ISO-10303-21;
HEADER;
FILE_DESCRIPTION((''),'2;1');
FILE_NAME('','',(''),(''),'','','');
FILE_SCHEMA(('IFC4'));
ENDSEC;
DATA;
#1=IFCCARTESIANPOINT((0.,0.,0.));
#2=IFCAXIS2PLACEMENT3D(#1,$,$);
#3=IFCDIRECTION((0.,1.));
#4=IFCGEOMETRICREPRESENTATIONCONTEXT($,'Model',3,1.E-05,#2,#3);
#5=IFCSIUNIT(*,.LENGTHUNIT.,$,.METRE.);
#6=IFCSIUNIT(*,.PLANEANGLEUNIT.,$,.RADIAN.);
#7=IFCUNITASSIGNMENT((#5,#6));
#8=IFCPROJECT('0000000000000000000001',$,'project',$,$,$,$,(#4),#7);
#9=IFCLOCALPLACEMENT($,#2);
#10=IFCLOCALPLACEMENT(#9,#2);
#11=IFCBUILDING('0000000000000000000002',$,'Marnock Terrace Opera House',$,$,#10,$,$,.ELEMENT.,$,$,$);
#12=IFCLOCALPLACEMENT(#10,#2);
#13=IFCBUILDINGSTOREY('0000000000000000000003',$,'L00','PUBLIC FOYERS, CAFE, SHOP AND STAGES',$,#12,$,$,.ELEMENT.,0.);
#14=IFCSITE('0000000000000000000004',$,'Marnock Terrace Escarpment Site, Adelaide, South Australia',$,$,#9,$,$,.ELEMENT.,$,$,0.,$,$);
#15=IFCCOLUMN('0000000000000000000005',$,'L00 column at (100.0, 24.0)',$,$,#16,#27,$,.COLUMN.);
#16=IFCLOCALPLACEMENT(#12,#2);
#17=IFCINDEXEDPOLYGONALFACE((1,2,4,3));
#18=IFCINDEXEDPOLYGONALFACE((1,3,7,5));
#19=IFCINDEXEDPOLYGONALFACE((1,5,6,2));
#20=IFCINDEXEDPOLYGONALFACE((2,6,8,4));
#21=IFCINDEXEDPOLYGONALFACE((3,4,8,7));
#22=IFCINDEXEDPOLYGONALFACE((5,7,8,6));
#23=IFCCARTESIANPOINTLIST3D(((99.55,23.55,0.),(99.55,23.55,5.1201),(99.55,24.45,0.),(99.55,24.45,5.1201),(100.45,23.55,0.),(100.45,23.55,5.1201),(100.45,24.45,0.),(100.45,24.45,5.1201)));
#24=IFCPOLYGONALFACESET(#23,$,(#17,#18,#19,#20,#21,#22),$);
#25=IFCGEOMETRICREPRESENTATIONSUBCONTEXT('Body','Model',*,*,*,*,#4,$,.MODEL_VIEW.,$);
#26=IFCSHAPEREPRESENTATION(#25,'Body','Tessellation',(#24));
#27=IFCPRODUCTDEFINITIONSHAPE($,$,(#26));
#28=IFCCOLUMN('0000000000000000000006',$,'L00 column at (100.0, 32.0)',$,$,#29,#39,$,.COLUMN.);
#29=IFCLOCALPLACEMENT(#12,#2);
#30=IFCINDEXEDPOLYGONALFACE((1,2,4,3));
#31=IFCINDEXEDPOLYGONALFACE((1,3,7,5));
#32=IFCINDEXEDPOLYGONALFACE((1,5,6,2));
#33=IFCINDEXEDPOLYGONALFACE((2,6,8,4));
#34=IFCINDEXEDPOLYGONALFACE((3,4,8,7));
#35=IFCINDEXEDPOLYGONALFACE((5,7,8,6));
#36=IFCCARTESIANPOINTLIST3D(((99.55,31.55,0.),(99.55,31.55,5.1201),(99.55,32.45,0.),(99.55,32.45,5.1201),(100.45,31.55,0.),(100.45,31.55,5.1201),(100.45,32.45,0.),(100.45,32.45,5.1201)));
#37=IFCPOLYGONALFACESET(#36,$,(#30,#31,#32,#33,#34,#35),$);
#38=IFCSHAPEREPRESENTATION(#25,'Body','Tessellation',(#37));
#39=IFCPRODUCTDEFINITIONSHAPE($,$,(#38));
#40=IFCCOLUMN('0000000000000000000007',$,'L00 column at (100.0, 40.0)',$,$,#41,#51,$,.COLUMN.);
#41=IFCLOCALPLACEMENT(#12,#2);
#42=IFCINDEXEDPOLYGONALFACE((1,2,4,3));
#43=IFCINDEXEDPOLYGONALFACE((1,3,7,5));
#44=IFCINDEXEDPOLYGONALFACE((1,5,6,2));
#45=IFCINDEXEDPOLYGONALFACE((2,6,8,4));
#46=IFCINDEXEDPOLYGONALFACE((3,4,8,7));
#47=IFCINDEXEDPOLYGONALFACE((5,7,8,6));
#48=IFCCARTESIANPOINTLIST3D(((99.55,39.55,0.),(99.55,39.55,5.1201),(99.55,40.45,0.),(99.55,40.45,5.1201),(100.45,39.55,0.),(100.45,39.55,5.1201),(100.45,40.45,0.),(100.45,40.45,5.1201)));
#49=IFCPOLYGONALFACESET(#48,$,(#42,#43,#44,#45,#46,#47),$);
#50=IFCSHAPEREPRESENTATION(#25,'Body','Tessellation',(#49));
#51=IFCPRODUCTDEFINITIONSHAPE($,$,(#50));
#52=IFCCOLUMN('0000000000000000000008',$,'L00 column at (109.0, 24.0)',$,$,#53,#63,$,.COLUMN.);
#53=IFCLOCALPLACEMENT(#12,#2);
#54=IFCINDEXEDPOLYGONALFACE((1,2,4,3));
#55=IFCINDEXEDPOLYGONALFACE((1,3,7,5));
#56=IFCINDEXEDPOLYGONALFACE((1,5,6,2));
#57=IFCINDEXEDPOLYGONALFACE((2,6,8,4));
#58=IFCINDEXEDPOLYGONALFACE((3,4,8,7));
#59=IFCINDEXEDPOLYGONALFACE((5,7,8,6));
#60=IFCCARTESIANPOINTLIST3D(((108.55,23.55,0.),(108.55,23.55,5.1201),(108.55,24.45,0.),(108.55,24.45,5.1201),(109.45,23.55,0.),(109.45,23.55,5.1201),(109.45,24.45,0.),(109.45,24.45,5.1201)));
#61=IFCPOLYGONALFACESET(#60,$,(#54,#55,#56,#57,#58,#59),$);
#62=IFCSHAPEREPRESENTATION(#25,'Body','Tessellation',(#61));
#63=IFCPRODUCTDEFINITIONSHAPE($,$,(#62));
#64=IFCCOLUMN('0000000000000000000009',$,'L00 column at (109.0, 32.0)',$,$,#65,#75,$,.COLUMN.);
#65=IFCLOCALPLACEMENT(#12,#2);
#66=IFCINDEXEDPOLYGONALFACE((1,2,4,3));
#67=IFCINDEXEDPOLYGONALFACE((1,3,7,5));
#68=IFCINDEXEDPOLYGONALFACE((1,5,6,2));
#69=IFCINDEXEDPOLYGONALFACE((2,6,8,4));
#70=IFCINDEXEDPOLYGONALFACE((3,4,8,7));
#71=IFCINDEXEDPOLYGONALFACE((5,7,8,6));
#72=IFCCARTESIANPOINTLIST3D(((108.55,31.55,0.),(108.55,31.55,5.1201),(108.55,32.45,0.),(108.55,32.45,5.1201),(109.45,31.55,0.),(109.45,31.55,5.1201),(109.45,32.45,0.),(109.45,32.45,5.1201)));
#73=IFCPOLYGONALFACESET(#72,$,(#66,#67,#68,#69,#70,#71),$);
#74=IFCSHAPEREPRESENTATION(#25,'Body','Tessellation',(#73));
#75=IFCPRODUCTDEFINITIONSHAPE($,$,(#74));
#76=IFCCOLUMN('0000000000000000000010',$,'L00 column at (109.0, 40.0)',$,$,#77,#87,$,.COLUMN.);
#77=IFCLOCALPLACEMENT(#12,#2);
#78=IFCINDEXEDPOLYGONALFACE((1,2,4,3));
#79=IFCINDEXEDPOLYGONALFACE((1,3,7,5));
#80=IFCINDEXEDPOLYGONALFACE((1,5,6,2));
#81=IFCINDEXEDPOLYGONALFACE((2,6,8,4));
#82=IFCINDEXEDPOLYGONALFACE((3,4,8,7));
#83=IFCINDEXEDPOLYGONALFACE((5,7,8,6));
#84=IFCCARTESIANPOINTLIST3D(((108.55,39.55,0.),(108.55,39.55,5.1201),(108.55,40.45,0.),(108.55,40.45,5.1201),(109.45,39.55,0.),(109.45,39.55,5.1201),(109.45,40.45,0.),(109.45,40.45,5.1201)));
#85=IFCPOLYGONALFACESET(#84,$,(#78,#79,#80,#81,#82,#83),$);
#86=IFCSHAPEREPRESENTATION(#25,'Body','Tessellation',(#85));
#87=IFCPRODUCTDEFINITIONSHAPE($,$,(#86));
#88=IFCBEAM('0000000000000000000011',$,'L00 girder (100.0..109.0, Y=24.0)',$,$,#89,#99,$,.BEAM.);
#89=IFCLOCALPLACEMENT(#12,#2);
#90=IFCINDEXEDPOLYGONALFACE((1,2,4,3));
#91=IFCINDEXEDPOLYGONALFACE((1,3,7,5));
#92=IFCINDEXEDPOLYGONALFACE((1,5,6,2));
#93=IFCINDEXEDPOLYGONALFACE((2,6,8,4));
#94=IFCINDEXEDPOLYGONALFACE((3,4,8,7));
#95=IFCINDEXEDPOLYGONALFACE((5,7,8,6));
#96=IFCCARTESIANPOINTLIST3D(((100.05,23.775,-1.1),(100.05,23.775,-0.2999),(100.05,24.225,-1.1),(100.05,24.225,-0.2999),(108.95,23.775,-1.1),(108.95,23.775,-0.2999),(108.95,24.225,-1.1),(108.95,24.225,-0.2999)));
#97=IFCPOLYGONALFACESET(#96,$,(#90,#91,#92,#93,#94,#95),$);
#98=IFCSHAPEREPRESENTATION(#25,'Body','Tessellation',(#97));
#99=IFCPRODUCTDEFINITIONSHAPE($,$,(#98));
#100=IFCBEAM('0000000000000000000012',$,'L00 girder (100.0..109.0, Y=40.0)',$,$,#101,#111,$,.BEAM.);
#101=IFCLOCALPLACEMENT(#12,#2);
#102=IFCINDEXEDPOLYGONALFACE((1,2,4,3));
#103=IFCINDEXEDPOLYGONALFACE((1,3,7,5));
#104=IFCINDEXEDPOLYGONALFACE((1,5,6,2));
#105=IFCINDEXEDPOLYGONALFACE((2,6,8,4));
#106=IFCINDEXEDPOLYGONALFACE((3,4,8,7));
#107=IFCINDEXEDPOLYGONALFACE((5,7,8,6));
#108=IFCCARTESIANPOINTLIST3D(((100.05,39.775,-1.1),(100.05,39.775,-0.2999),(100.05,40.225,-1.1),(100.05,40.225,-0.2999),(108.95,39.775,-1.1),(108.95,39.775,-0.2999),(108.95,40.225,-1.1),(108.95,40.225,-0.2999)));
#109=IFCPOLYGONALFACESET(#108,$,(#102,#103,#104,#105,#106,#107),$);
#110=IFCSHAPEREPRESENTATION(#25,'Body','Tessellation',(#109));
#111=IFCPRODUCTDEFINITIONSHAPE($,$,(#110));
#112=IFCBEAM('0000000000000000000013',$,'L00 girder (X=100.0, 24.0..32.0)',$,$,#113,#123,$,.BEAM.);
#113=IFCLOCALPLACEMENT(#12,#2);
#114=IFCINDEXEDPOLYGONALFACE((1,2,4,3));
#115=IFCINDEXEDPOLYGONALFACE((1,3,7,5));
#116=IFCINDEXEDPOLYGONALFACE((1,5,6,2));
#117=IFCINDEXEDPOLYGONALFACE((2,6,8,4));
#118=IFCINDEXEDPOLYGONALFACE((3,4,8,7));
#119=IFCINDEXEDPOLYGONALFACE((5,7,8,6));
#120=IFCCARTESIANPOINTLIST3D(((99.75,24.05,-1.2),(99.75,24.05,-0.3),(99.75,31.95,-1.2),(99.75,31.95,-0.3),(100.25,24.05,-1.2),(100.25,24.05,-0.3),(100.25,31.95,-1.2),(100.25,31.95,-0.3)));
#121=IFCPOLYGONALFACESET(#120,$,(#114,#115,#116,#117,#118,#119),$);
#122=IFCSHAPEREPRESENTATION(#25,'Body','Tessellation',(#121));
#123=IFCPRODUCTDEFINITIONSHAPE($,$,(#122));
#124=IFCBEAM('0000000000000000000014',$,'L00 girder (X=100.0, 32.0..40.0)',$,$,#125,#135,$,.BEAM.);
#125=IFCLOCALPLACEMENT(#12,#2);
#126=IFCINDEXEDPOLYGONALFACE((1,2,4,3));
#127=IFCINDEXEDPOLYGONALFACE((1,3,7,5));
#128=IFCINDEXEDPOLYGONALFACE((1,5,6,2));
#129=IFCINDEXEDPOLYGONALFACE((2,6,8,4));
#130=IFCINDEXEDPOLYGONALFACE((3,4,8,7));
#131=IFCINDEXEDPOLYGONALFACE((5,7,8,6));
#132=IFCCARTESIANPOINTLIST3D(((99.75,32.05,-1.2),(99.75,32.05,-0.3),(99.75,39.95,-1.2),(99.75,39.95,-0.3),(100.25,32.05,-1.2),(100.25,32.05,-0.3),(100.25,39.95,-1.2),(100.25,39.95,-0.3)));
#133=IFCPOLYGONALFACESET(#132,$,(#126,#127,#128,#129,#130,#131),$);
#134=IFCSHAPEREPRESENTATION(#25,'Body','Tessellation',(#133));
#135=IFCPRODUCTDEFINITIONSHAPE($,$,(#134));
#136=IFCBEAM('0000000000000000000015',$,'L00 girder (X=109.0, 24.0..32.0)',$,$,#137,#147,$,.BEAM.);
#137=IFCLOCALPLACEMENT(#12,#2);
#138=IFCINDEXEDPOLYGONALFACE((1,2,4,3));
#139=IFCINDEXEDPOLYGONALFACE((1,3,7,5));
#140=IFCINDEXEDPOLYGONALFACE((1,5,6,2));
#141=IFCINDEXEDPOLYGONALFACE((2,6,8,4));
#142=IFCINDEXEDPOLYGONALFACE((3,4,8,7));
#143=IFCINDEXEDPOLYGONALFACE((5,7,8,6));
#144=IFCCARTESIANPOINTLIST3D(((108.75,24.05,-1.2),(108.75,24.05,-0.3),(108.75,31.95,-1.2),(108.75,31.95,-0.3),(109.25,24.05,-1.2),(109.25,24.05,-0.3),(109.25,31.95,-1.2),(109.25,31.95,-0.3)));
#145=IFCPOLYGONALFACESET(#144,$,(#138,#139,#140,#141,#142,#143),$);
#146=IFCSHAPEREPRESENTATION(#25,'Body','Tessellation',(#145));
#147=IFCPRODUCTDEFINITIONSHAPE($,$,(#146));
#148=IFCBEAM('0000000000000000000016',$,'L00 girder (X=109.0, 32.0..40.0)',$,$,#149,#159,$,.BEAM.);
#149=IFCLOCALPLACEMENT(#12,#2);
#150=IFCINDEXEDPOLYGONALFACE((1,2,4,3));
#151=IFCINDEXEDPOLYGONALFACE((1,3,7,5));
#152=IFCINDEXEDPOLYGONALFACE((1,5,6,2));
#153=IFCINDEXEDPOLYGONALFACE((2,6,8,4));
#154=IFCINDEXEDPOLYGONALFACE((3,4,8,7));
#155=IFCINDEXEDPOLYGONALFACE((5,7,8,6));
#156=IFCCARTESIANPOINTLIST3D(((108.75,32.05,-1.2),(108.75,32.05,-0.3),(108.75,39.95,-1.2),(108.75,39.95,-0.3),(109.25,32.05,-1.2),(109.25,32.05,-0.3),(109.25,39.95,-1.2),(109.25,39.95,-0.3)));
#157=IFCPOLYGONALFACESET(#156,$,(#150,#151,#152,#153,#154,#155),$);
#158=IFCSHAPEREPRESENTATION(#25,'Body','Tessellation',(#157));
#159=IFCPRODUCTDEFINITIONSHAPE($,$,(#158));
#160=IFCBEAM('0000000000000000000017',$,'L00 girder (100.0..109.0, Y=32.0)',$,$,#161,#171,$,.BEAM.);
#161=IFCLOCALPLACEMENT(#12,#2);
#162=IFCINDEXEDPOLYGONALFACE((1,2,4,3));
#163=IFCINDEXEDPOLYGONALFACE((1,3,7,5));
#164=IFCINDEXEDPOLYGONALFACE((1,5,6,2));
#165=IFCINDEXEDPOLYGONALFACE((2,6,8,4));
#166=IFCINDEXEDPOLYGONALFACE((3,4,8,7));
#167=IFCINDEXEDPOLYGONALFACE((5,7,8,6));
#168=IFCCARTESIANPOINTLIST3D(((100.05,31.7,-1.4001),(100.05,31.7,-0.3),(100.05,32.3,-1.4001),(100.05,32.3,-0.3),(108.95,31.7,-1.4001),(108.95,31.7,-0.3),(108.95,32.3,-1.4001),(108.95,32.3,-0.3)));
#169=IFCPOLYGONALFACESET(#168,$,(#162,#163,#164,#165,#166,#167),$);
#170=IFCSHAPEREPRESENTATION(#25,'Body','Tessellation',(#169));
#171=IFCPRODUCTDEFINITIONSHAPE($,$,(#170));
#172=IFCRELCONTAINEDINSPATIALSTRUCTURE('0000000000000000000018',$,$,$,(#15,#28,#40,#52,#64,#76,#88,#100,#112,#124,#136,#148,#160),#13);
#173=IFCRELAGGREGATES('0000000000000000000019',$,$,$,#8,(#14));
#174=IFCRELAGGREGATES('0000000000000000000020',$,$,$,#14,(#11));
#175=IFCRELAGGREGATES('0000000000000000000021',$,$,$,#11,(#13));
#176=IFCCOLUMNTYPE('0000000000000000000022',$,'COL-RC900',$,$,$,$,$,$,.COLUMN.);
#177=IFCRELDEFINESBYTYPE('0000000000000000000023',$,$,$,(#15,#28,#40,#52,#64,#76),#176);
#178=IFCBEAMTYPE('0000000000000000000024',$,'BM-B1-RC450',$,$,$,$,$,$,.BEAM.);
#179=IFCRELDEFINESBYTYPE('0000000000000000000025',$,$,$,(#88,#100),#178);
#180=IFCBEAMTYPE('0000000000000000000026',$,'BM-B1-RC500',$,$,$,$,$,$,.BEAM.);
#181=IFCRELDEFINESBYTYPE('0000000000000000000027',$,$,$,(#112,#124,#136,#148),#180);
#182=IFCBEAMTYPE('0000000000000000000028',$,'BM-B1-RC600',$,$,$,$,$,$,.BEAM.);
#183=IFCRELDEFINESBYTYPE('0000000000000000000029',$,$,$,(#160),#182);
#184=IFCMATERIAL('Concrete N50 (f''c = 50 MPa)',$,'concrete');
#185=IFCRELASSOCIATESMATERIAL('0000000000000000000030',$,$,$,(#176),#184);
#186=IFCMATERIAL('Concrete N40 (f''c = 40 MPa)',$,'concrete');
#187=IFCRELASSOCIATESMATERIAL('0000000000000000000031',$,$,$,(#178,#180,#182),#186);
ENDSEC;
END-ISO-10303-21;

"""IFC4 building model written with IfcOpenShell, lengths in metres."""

from ifc_helpers import new_model, si_unit, direction, frame, origin, origin_2d, place, context, subcontext, project, spatial, rectangle, extrude, material, material_profile, profile_set, type_object, element, save


model = new_model("IFC4")

# Units and contexts
model_context = context("Model", 3, precision=1e-05, world=origin(), true_north=direction((0.0, 1.0)))
body_context = subcontext(model_context, "Body", "Model", "MODEL_VIEW")
ifc_project = project(units=[si_unit("LENGTHUNIT", "METRE"), si_unit("PLANEANGLEUNIT", "RADIAN")], contexts=[model_context])

# Site, building, storey
site_placement = place(None, origin())
site = spatial("IfcSite", under=ifc_project, at=site_placement, Name="Marnock Terrace Escarpment Site, Adelaide, South Australia", CompositionType="ELEMENT", RefElevation=0.0)
building_placement = place(site_placement, origin())
building = spatial("IfcBuilding", under=site, at=building_placement, Name="Marnock Terrace Opera House", CompositionType="ELEMENT")
storey_placement = place(building_placement, origin())
storey = spatial("IfcBuildingStorey", under=building, at=storey_placement, Name="L00", Description="PUBLIC FOYERS, CAFE, SHOP AND STAGES", CompositionType="ELEMENT", Elevation=0.0)

# Columns
ifc_material_1 = material(Name="Concrete N50 (f'c = 50 MPa)", Category="concrete")
ifc_material_profile_1 = material_profile(ifc_material_1, rectangle(XDim=0.8999, YDim=0.8999, at=origin_2d()))
ifc_profile_set_1 = profile_set([ifc_material_profile_1], Name="Concrete N50 (f'c = 50 MPa)")
column_type = type_object("IfcColumnType", Name="COL-RC900", PredefinedType="COLUMN", material=ifc_profile_set_1)
for number, where, z_axis, x_axis, name in (
    (1, (100.0, 24.0, 0.0), (0.0, 0.0, 1.0), (1.0, 0.0, 0.0), "L00 column at (100.0, 24.0)"),
    (2, (100.0, 32.0, 0.0), (0.0, 0.0, 1.0), (1.0, 0.0, 0.0), "L00 column at (100.0, 32.0)"),
    (3, (100.0, 40.0, 0.0), (0.0, 0.0, 1.0), (1.0, 0.0, 0.0), "L00 column at (100.0, 40.0)"),
    (4, (109.0, 24.0, 0.0), (0.0, 0.0, 1.0), (1.0, 0.0, 0.0), "L00 column at (109.0, 24.0)"),
    (5, (109.0, 32.0, 0.0), (0.0, 0.0, 1.0), (1.0, 0.0, 0.0), "L00 column at (109.0, 32.0)"),
    (6, (109.0, 40.0, 0.0), (0.0, 0.0, 1.0), (1.0, 0.0, 0.0), "L00 column at (109.0, 40.0)"),
):
    element("IfcColumn", number, at=place(storey_placement, frame(where, z_axis=z_axis, x_axis=x_axis)), inside=storey, type_object=column_type, Name=name, PredefinedType="COLUMN", context=body_context, shape_type="SweptSolid", body=[
        extrude(rectangle(XDim=0.8999, YDim=0.8999, at=origin_2d()), origin(), (0.0, 0.0, 1.0), 5.1201),
    ])

# Beams
ifc_material_2 = material(Name="Concrete N40 (f'c = 40 MPa)", Category="concrete")
ifc_material_profile_2 = material_profile(ifc_material_2, rectangle(XDim=0.45, YDim=0.8, at=origin_2d()))
ifc_profile_set_2 = profile_set([ifc_material_profile_2], Name="Concrete N40 (f'c = 40 MPa)")
beam_type_1 = type_object("IfcBeamType", Name="BM-B1-RC450", PredefinedType="BEAM", material=ifc_profile_set_2)
for number, where, z_axis, x_axis, name in (
    (7, (100.05, 24.0, -0.7), (1.0, 0.0, 0.0), (0.0, 1.0, 0.0), "L00 girder (100.0..109.0, Y=24.0)"),
    (8, (100.05, 40.0, -0.7), (1.0, 0.0, 0.0), (0.0, 1.0, 0.0), "L00 girder (100.0..109.0, Y=40.0)"),
):
    element("IfcBeam", number, at=place(storey_placement, frame(where, z_axis=z_axis, x_axis=x_axis)), inside=storey, type_object=beam_type_1, Name=name, PredefinedType="BEAM", context=body_context, shape_type="SweptSolid", body=[
        extrude(rectangle(XDim=0.45, YDim=0.8, at=origin_2d()), origin(), (0.0, 0.0, 1.0), 8.8999),
    ])
ifc_material_profile_3 = material_profile(ifc_material_2, rectangle(XDim=0.5, YDim=0.8999, at=origin_2d()))
ifc_profile_set_3 = profile_set([ifc_material_profile_3], Name="Concrete N40 (f'c = 40 MPa)")
beam_type_2 = type_object("IfcBeamType", Name="BM-B1-RC500", PredefinedType="BEAM", material=ifc_profile_set_3)
for number, where, z_axis, x_axis, name in (
    (9, (100.0, 24.05, -0.75), (0.0, 1.0, 0.0), (-1.0, 0.0, 0.0), "L00 girder (X=100.0, 24.0..32.0)"),
    (10, (100.0, 32.05, -0.75), (0.0, 1.0, 0.0), (-1.0, 0.0, 0.0), "L00 girder (X=100.0, 32.0..40.0)"),
    (11, (109.0, 24.05, -0.75), (0.0, 1.0, 0.0), (-1.0, 0.0, 0.0), "L00 girder (X=109.0, 24.0..32.0)"),
    (12, (109.0, 32.05, -0.75), (0.0, 1.0, 0.0), (-1.0, 0.0, 0.0), "L00 girder (X=109.0, 32.0..40.0)"),
):
    element("IfcBeam", number, at=place(storey_placement, frame(where, z_axis=z_axis, x_axis=x_axis)), inside=storey, type_object=beam_type_2, Name=name, PredefinedType="BEAM", context=body_context, shape_type="SweptSolid", body=[
        extrude(rectangle(XDim=0.5, YDim=0.8999, at=origin_2d()), origin(), (0.0, 0.0, 1.0), 7.8999),
    ])
ifc_material_profile_4 = material_profile(ifc_material_2, rectangle(XDim=0.6001, YDim=1.1001, at=origin_2d()))
ifc_profile_set_4 = profile_set([ifc_material_profile_4], Name="Concrete N40 (f'c = 40 MPa)")
beam_type_3 = type_object("IfcBeamType", Name="BM-B1-RC600", PredefinedType="BEAM", material=ifc_profile_set_4)
beam_placement = place(storey_placement, frame((100.05, 32.0, -0.8501), z_axis=(1.0, 0.0, 0.0), x_axis=(0.0, 1.0, 0.0)))
element("IfcBeam", 13, at=beam_placement, inside=storey, type_object=beam_type_3, Name="L00 girder (100.0..109.0, Y=32.0)", PredefinedType="BEAM", context=body_context, shape_type="SweptSolid", body=[
    extrude(rectangle(XDim=0.6001, YDim=1.1001, at=origin_2d()), origin(), (0.0, 0.0, 1.0), 8.8999),
])

save(model, "model.ifc")
